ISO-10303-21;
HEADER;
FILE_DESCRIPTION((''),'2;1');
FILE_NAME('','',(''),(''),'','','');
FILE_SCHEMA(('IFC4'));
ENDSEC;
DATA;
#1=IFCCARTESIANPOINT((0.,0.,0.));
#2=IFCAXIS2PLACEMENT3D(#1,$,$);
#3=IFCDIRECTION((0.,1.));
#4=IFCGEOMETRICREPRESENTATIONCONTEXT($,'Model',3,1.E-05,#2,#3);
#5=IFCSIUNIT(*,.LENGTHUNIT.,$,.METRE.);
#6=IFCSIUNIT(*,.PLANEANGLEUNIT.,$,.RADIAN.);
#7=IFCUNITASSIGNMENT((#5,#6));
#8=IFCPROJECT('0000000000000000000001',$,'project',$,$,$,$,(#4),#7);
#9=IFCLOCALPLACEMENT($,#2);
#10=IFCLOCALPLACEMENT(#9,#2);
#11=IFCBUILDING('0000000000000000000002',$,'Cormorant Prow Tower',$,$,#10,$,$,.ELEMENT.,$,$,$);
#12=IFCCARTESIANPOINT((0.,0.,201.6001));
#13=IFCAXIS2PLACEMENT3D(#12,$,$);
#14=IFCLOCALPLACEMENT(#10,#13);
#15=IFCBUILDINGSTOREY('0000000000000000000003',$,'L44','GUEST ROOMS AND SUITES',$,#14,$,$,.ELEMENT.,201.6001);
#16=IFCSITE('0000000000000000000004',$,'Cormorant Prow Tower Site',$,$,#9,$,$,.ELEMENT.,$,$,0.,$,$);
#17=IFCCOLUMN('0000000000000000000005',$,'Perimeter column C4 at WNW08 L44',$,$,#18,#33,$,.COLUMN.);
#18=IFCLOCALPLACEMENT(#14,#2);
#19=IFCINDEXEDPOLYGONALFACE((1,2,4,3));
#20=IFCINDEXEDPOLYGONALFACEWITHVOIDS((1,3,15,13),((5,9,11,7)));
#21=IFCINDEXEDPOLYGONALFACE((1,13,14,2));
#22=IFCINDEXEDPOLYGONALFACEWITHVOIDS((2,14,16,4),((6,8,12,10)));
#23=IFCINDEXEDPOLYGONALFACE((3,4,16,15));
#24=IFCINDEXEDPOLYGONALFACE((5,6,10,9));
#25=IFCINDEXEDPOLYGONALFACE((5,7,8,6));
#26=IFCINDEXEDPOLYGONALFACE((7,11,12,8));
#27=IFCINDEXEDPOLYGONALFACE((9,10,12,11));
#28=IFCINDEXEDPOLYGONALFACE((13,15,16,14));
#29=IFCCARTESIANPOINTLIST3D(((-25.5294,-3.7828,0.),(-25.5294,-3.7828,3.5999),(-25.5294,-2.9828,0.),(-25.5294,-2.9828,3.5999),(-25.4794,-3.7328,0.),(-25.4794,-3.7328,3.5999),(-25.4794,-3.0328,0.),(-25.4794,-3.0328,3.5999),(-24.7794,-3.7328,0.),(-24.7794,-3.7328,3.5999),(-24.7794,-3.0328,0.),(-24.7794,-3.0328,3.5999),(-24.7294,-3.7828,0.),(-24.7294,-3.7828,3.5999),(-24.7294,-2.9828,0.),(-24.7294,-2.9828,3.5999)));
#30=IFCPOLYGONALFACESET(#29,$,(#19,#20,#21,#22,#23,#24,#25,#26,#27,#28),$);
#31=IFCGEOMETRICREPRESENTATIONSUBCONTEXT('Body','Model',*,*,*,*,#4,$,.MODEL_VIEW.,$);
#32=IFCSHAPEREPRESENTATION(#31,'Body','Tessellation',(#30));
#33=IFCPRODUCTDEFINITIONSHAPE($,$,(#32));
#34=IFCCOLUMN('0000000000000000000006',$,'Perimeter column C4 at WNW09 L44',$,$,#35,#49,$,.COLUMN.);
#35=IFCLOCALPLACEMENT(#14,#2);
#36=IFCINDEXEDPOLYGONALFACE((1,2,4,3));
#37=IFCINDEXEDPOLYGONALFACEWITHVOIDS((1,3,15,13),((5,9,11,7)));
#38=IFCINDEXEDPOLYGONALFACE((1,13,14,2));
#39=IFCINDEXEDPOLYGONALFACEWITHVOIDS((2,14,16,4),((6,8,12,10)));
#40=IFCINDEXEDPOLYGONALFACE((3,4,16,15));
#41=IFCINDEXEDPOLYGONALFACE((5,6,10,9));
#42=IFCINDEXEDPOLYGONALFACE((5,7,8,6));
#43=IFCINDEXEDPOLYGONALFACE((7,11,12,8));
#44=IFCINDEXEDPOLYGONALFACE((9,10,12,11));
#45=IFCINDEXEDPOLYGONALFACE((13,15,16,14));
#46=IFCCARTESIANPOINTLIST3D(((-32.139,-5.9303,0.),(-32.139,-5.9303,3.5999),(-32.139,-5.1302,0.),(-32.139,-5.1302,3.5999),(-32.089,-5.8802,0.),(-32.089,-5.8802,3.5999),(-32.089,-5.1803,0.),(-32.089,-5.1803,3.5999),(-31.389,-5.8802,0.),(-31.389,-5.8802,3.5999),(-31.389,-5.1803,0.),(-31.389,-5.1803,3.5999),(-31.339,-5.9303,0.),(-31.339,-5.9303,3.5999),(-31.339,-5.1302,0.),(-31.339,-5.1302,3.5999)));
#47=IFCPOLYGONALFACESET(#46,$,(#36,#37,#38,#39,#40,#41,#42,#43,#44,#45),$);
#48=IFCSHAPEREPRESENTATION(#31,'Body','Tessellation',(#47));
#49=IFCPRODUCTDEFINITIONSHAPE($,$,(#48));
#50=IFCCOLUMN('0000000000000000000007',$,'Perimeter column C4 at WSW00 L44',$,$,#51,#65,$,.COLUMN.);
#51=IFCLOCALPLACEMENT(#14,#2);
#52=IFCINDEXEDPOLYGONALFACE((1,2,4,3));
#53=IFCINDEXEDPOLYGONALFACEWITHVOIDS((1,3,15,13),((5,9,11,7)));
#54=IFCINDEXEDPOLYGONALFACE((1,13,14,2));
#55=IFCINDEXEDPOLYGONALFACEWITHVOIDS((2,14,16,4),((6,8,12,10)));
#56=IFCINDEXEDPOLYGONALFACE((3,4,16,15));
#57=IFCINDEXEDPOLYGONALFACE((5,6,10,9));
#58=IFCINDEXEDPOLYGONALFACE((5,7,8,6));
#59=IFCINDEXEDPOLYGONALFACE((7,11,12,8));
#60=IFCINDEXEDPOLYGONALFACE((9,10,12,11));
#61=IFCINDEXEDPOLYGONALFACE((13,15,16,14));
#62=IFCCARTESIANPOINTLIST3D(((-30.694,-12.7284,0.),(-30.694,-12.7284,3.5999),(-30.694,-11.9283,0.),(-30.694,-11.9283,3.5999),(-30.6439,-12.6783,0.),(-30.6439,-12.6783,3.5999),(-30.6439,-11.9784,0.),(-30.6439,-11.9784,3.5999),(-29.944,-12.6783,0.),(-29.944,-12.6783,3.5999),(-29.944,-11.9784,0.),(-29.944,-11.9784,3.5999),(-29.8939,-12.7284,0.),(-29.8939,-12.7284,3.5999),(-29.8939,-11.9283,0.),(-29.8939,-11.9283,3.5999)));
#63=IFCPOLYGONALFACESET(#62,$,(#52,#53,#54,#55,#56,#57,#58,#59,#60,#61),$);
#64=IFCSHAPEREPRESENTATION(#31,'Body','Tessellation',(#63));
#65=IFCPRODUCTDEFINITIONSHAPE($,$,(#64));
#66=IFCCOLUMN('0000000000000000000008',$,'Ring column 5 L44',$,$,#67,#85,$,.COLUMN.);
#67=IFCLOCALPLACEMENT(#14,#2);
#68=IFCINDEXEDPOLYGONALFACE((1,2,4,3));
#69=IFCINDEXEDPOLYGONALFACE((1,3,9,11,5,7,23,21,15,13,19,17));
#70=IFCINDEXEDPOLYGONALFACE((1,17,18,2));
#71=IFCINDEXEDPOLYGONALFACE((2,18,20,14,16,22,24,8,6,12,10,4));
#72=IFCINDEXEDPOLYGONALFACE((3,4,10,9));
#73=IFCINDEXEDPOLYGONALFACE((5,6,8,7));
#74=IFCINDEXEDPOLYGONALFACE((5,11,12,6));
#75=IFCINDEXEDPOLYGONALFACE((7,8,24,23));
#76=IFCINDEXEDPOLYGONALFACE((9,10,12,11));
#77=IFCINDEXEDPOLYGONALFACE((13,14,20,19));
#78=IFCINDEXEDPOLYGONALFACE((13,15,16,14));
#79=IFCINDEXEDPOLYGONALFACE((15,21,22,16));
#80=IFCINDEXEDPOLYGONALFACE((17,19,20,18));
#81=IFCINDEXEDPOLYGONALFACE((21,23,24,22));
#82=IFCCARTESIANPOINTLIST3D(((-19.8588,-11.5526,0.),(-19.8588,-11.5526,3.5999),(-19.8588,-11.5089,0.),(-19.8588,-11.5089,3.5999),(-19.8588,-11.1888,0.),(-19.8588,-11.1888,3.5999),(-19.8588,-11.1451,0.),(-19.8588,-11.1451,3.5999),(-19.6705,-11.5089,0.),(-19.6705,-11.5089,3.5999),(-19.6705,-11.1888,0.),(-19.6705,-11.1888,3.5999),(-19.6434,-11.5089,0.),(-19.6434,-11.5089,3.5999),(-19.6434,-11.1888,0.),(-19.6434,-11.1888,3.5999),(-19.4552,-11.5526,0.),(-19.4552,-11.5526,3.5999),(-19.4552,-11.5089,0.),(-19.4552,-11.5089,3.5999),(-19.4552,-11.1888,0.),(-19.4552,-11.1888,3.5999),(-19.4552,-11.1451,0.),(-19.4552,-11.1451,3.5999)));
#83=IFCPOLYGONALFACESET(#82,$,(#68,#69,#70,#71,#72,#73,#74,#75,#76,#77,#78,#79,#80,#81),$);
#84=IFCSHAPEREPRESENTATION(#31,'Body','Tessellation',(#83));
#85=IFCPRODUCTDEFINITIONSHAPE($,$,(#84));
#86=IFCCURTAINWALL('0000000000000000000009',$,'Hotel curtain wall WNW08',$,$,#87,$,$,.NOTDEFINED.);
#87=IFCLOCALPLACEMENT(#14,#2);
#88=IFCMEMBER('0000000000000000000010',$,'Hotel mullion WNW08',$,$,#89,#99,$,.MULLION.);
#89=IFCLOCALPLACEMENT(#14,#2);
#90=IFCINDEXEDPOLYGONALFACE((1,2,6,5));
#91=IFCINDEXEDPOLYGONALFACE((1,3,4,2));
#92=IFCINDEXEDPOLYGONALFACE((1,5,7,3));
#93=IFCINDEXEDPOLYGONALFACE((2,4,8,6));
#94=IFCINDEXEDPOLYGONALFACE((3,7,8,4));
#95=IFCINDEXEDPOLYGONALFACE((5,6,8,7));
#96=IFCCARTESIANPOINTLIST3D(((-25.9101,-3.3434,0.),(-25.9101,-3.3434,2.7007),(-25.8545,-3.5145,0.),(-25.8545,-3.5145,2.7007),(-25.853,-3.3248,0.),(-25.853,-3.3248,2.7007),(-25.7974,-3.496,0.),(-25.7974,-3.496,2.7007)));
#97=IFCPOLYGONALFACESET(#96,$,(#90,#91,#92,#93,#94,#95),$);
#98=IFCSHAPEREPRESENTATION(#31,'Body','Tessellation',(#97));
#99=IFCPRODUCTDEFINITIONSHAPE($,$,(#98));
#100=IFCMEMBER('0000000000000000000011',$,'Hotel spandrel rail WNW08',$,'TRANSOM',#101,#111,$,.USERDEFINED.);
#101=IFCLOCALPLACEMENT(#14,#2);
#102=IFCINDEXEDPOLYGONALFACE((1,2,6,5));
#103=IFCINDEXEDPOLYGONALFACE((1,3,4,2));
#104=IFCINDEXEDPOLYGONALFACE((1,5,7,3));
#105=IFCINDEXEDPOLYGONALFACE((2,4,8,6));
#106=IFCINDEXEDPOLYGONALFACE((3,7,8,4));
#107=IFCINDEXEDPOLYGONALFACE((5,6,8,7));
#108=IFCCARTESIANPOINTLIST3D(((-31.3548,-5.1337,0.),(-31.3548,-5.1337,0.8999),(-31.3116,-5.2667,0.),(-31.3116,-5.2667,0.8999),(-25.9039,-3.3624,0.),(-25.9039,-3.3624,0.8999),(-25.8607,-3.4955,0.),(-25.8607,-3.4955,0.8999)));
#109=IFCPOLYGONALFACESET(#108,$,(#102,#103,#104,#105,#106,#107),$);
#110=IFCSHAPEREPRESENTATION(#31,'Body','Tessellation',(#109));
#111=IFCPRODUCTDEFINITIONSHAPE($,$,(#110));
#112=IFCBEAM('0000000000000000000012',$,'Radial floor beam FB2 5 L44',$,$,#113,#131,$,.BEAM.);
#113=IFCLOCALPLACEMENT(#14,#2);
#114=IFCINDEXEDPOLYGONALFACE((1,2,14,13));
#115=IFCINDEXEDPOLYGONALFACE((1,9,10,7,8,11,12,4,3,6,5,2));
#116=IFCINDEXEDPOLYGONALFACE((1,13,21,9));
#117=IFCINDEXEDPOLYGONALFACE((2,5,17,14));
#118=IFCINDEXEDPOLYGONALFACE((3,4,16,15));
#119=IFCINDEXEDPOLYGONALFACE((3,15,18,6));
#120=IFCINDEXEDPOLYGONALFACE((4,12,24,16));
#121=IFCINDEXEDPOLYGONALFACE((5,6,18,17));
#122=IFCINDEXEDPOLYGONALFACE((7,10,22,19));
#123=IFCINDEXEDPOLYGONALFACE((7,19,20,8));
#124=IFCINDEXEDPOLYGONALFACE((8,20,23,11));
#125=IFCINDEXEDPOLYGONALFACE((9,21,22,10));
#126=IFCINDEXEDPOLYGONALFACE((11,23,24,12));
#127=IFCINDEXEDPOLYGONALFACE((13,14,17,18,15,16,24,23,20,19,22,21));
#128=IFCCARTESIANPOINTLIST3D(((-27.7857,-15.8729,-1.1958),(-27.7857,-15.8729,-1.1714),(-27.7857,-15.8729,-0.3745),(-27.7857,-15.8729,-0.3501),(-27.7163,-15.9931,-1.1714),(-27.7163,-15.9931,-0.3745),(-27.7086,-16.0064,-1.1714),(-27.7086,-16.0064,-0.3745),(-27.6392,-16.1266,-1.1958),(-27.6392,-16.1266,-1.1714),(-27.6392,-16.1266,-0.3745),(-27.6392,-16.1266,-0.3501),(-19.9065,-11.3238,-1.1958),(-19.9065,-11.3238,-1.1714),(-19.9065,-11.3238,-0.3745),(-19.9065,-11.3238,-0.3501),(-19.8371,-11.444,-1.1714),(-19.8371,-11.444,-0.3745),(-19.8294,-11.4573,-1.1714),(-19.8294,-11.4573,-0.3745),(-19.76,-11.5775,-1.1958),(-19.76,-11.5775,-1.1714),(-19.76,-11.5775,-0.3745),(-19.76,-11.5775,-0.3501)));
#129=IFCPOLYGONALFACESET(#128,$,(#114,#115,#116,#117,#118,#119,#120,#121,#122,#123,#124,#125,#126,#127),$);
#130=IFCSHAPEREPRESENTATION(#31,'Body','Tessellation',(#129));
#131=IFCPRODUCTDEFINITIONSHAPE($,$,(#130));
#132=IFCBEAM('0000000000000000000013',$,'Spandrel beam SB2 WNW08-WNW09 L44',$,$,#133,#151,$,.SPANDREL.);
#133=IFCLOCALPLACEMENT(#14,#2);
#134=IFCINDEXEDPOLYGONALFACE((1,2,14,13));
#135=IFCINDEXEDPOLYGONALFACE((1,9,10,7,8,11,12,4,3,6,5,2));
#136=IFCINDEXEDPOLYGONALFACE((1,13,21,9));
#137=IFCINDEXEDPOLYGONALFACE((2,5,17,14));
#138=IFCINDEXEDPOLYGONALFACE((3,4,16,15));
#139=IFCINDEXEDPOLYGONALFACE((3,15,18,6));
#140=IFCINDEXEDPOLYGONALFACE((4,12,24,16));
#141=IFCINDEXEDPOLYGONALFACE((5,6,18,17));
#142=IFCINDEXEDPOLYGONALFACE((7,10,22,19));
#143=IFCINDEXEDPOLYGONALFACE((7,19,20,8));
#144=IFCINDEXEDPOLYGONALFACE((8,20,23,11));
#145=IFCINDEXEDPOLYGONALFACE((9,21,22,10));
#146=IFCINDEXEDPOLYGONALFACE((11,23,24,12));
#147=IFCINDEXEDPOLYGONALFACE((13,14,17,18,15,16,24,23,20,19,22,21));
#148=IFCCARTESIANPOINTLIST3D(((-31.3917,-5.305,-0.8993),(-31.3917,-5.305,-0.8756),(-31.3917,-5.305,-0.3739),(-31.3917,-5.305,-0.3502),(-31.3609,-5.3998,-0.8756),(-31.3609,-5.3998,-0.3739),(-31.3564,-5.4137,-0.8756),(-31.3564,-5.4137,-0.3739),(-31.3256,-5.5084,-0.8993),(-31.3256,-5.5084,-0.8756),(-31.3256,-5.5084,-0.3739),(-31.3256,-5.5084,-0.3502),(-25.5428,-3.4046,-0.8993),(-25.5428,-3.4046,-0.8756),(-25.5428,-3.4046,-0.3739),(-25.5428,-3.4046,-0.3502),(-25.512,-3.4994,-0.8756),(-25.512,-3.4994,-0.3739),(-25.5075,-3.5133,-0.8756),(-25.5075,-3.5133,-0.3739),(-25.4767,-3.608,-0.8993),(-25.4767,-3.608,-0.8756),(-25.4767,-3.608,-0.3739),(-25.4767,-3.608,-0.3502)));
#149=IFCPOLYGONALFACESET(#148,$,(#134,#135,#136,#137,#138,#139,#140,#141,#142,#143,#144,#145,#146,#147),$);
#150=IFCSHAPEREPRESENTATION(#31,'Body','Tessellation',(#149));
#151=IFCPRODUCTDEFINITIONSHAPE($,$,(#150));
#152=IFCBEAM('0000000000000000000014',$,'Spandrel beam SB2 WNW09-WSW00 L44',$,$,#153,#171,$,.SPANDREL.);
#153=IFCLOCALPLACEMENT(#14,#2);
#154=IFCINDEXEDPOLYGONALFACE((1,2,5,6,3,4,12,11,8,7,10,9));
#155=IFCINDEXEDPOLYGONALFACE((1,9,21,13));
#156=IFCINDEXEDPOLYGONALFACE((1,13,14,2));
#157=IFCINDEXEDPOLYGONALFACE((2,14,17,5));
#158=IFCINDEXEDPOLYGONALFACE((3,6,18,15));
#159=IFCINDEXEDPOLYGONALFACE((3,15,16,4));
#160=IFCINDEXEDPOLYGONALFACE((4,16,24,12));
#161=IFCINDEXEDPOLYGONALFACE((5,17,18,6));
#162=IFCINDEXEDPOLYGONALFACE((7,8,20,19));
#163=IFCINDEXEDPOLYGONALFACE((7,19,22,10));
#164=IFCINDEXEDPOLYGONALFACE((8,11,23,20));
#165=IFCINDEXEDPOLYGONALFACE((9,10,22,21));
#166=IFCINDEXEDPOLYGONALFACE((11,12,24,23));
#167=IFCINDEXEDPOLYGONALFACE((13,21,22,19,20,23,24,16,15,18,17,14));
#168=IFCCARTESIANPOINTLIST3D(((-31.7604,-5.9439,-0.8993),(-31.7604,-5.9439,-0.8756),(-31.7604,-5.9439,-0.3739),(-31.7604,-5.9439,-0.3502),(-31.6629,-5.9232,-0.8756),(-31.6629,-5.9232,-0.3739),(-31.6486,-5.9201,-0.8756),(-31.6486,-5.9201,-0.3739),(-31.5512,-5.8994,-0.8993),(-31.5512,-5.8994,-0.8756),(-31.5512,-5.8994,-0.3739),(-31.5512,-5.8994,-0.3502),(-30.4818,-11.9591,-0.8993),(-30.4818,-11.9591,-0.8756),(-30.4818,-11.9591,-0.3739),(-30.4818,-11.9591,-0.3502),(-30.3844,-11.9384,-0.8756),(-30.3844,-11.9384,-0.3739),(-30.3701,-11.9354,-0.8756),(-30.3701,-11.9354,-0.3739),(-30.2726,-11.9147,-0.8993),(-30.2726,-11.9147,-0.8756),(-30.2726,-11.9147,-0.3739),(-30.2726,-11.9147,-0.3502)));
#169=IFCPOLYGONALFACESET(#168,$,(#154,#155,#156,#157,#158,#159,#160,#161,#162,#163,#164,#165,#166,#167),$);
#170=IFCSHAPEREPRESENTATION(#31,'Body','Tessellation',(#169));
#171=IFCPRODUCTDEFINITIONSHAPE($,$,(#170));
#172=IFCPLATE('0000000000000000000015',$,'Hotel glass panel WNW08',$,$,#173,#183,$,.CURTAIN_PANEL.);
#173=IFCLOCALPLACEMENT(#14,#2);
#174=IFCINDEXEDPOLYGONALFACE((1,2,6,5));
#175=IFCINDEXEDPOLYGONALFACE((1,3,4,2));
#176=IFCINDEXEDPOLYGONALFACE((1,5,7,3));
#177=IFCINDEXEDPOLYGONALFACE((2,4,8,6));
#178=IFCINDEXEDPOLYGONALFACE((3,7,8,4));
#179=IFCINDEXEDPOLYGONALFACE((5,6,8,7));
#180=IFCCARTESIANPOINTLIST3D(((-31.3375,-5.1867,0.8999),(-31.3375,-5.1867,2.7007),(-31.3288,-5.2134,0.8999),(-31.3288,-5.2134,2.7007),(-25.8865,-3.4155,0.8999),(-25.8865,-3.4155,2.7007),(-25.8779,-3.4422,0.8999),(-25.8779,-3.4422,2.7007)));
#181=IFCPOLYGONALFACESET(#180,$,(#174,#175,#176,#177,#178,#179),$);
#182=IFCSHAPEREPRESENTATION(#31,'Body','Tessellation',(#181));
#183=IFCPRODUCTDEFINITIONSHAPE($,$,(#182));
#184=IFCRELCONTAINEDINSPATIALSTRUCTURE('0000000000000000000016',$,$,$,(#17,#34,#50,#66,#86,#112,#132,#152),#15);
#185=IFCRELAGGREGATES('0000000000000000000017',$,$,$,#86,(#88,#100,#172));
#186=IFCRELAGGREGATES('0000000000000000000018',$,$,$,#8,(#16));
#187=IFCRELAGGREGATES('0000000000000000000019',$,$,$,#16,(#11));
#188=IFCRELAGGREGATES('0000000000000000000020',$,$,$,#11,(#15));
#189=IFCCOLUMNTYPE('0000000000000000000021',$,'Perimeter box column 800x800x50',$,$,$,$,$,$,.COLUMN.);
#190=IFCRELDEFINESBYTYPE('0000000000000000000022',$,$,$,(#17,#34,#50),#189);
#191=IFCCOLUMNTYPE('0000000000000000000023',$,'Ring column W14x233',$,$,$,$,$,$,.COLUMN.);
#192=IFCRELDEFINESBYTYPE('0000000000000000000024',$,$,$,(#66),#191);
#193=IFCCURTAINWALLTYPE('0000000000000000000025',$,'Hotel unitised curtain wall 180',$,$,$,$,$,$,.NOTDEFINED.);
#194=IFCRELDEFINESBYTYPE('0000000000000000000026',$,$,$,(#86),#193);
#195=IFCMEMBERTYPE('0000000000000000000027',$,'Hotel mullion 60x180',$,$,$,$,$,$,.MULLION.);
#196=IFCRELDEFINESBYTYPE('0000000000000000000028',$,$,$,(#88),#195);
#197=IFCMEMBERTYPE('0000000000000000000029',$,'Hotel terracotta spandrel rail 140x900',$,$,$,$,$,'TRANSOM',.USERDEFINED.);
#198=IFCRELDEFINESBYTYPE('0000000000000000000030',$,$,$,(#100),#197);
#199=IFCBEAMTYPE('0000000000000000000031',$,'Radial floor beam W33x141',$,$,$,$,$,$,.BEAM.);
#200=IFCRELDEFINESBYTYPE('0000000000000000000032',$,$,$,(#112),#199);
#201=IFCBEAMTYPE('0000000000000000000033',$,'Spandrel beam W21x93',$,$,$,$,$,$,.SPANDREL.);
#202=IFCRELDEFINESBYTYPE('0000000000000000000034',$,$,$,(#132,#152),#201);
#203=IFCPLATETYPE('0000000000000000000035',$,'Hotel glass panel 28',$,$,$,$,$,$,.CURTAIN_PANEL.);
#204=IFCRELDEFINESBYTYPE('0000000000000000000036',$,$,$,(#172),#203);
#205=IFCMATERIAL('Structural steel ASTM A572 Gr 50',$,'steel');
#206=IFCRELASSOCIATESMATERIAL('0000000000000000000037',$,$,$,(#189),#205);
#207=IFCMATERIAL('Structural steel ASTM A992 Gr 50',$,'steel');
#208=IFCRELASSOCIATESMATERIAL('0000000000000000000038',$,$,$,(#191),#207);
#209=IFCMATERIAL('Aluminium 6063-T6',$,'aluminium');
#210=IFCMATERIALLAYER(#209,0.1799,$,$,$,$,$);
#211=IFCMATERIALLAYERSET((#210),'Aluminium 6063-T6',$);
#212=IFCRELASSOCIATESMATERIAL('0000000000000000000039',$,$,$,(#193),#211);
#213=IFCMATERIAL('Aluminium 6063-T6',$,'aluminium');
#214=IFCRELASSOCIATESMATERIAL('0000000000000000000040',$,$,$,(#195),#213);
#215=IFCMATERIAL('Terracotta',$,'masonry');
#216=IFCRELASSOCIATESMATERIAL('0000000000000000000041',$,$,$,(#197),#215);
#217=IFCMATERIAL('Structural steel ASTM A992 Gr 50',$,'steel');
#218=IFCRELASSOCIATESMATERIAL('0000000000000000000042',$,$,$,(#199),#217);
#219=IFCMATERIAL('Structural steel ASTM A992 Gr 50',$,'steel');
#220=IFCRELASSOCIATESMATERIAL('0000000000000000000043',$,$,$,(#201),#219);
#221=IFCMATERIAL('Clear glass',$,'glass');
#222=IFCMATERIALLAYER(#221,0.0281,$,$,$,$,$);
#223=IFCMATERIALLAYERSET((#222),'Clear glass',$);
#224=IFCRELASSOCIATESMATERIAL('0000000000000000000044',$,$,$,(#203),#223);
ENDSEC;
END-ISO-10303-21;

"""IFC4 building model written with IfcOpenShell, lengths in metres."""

from ifc_helpers import new_model, si_unit, direction, frame, origin, origin_2d, place, context, subcontext, project, spatial, rectangle, hollow_rectangle, i_section, extrude, material, layer, layer_set, material_profile, profile_set, type_object, element, aggregate, save


model = new_model("IFC4")

# Units and contexts
model_context = context("Model", 3, precision=1e-05, world=origin(), true_north=direction((0.0, 1.0)))
body_context = subcontext(model_context, "Body", "Model", "MODEL_VIEW")
ifc_project = project(units=[si_unit("LENGTHUNIT", "METRE"), si_unit("PLANEANGLEUNIT", "RADIAN")], contexts=[model_context])

# Site, building, storey
site_placement = place(None, origin())
site = spatial("IfcSite", under=ifc_project, at=site_placement, Name="Cormorant Prow Tower Site", CompositionType="ELEMENT", RefElevation=0.0)
building_placement = place(site_placement, origin())
building = spatial("IfcBuilding", under=site, at=building_placement, Name="Cormorant Prow Tower", CompositionType="ELEMENT")
storey_placement = place(building_placement, frame((0.0, 0.0, 201.6001)))
storey = spatial("IfcBuildingStorey", under=building, at=storey_placement, Name="L44", Description="GUEST ROOMS AND SUITES", CompositionType="ELEMENT", Elevation=201.6001)

# Columns
ifc_material_1 = material(Name="Structural steel ASTM A572 Gr 50", Category="steel")
ifc_material_profile_1 = material_profile(ifc_material_1, hollow_rectangle(XDim=0.8, YDim=0.8, WallThickness=0.05, at=origin_2d()), Name="Box 800x800x50")
ifc_profile_set_1 = profile_set([ifc_material_profile_1], Name="Structural steel ASTM A572 Gr 50")
column_type_1 = type_object("IfcColumnType", Name="Perimeter box column 800x800x50", PredefinedType="COLUMN", material=ifc_profile_set_1)
for number, where, z_axis, x_axis, name in (
    (1, (-25.1294, -3.3828, 0.0), (0.0, 0.0, 1.0), (1.0, 0.0, 0.0), "Perimeter column C4 at WNW08 L44"),
    (2, (-31.739, -5.5303, 0.0), (0.0, 0.0, 1.0), (1.0, 0.0, 0.0), "Perimeter column C4 at WNW09 L44"),
    (3, (-30.2939, -12.3284, 0.0), (0.0, 0.0, 1.0), (1.0, 0.0, 0.0), "Perimeter column C4 at WSW00 L44"),
):
    element("IfcColumn", number, at=place(storey_placement, frame(where, z_axis=z_axis, x_axis=x_axis)), inside=storey, type_object=column_type_1, Name=name, PredefinedType="COLUMN", context=body_context, shape_type="SweptSolid", body=[
        extrude(hollow_rectangle(XDim=0.8, YDim=0.8, WallThickness=0.05, at=origin_2d()), origin(), (0.0, 0.0, 1.0), 3.5999),
    ])
ifc_material_2 = material(Name="Structural steel ASTM A992 Gr 50", Category="steel")
ifc_material_profile_2 = material_profile(ifc_material_2, i_section(OverallWidth=0.4036, OverallDepth=0.4075, WebThickness=0.0271, FlangeThickness=0.0437, at=origin_2d()), Name="W14x233")
ifc_profile_set_2 = profile_set([ifc_material_profile_2], Name="Structural steel ASTM A992 Gr 50")
column_type_2 = type_object("IfcColumnType", Name="Ring column W14x233", PredefinedType="COLUMN", material=ifc_profile_set_2)
column_placement = place(storey_placement, frame((-19.657, -11.3489, 0.0), z_axis=(0.0, 0.0, 1.0), x_axis=(1.0, 0.0, 0.0)))
element("IfcColumn", 4, at=column_placement, inside=storey, type_object=column_type_2, Name="Ring column 5 L44", PredefinedType="COLUMN", context=body_context, shape_type="SweptSolid", body=[
    extrude(i_section(OverallWidth=0.4036, OverallDepth=0.4075, WebThickness=0.0271, FlangeThickness=0.0437, at=origin_2d()), origin(), (0.0, 0.0, 1.0), 3.5999),
])

# Curtain wall, members
ifc_material_3 = material(Name="Aluminium 6063-T6", Category="aluminium")
ifc_layer_1 = layer(ifc_material_3, 0.1799)
ifc_layer_set_1 = layer_set([ifc_layer_1], Name="Aluminium 6063-T6")
curtain_wall_type = type_object("IfcCurtainWallType", Name="Hotel unitised curtain wall 180", PredefinedType="NOTDEFINED", material=ifc_layer_set_1)
curtain_wall_placement = place(storey_placement, origin())
curtain_wall = element("IfcCurtainWall", 5, at=curtain_wall_placement, inside=storey, type_object=curtain_wall_type, Name="Hotel curtain wall WNW08", PredefinedType="NOTDEFINED")
ifc_material_4 = material(Name="Aluminium 6063-T6", Category="aluminium")
ifc_material_profile_3 = material_profile(ifc_material_4, rectangle(XDim=0.1799, YDim=0.0601, at=origin_2d()), Name="Hotel mullion 60x180")
ifc_profile_set_3 = profile_set([ifc_material_profile_3], Name="Aluminium 6063-T6")
member_type_1 = type_object("IfcMemberType", Name="Hotel mullion 60x180", PredefinedType="MULLION", material=ifc_profile_set_3)
member_1_placement = place(storey_placement, frame((-25.8538, -3.4197, 0.0), z_axis=(0.0, 0.0, 1.0), x_axis=(0.309017, -0.951057, 0.0)))
member_1 = element("IfcMember", 6, at=member_1_placement, type_object=member_type_1, Name="Hotel mullion WNW08", PredefinedType="MULLION", context=body_context, shape_type="SweptSolid", body=[
    extrude(rectangle(XDim=0.1799, YDim=0.0601, at=origin_2d()), origin(), (0.0, 0.0, 1.0), 2.7007),
])
ifc_material_5 = material(Name="Terracotta", Category="masonry")
ifc_material_profile_4 = material_profile(ifc_material_5, rectangle(XDim=0.1399, YDim=0.8999, at=origin_2d()), Name="Hotel terracotta spandrel rail 140x900")
ifc_profile_set_4 = profile_set([ifc_material_profile_4], Name="Terracotta")
member_type_2 = type_object("IfcMemberType", Name="Hotel terracotta spandrel rail 140x900", ElementType="TRANSOM", PredefinedType="USERDEFINED", material=ifc_profile_set_4)
member_2_placement = place(storey_placement, frame((-25.8823, -3.429, 0.45), z_axis=(-0.95105, -0.309037, 0.0), x_axis=(0.309037, -0.95105, 0.0)))
member_2 = element("IfcMember", 7, at=member_2_placement, type_object=member_type_2, Name="Hotel spandrel rail WNW08", ObjectType="TRANSOM", PredefinedType="USERDEFINED", context=body_context, shape_type="SweptSolid", body=[
    extrude(rectangle(XDim=0.1399, YDim=0.8999, at=origin_2d()), origin(), (0.0, 0.0, 1.0), 5.7314),
])

# Beams
ifc_material_6 = material(Name="Structural steel ASTM A992 Gr 50", Category="steel")
ifc_material_profile_5 = material_profile(ifc_material_6, i_section(OverallWidth=0.293, OverallDepth=0.8457, WebThickness=0.0154, FlangeThickness=0.0244, at=origin_2d()), Name="W33x141")
ifc_profile_set_5 = profile_set([ifc_material_profile_5], Name="Structural steel ASTM A992 Gr 50")
beam_type_1 = type_object("IfcBeamType", Name="Radial floor beam W33x141", PredefinedType="BEAM", material=ifc_profile_set_5)
beam_1_placement = place(storey_placement, frame((-19.8333, -11.4507, -0.7729), z_axis=(-0.866023, -0.500004, 0.0), x_axis=(0.500004, -0.866023, 0.0)))
element("IfcBeam", 8, at=beam_1_placement, inside=storey, type_object=beam_type_1, Name="Radial floor beam FB2 5 L44", PredefinedType="BEAM", context=body_context, shape_type="SweptSolid", body=[
    extrude(i_section(OverallWidth=0.293, OverallDepth=0.8457, WebThickness=0.0154, FlangeThickness=0.0244, at=origin_2d()), origin(), (0.0, 0.0, 1.0), 9.0981),
])
ifc_material_7 = material(Name="Structural steel ASTM A992 Gr 50", Category="steel")
ifc_material_profile_6 = material_profile(ifc_material_7, i_section(OverallWidth=0.2139, OverallDepth=0.5491, WebThickness=0.0146, FlangeThickness=0.0237, at=origin_2d()), Name="W21x93")
ifc_profile_set_6 = profile_set([ifc_material_profile_6], Name="Structural steel ASTM A992 Gr 50")
beam_type_2 = type_object("IfcBeamType", Name="Spandrel beam W21x93", PredefinedType="SPANDREL", material=ifc_profile_set_6)
beam_2_placement = place(storey_placement, frame((-25.5098, -3.5063, -0.6248), z_axis=(-0.951058, -0.309013, 0.0), x_axis=(0.309013, -0.951058, 0.0)))
element("IfcBeam", 9, at=beam_2_placement, inside=storey, type_object=beam_type_2, Name="Spandrel beam SB2 WNW08-WNW09 L44", PredefinedType="SPANDREL", context=body_context, shape_type="SweptSolid", body=[
    extrude(i_section(OverallWidth=0.2139, OverallDepth=0.5491, WebThickness=0.0146, FlangeThickness=0.0237, at=origin_2d()), origin(), (0.0, 0.0, 1.0), 6.1499),
])
beam_3_placement = place(storey_placement, frame((-31.6558, -5.9216, -0.6248), z_axis=(0.207905, -0.978149, 0.0), x_axis=(0.978149, 0.207905, 0.0)))
element("IfcBeam", 10, at=beam_3_placement, inside=storey, type_object=beam_type_2, Name="Spandrel beam SB2 WNW09-WSW00 L44", PredefinedType="SPANDREL", context=body_context, shape_type="SweptSolid", body=[
    extrude(i_section(OverallWidth=0.2139, OverallDepth=0.5491, WebThickness=0.0146, FlangeThickness=0.0237, at=origin_2d()), origin(), (0.0, 0.0, 1.0), 6.1497),
])

# Plate
ifc_material_8 = material(Name="Clear glass", Category="glass")
ifc_layer_2 = layer(ifc_material_8, 0.0281)
ifc_layer_set_2 = layer_set([ifc_layer_2], Name="Clear glass")
plate_type = type_object("IfcPlateType", Name="Hotel glass panel 28", PredefinedType="CURTAIN_PANEL", material=ifc_layer_set_2)
plate_placement = place(storey_placement, frame((-28.6077, -4.3145, 0.8999), z_axis=(0.0, 0.0, 1.0), x_axis=(-0.951057, -0.309017, 0.0)))
plate = element("IfcPlate", 11, at=plate_placement, type_object=plate_type, Name="Hotel glass panel WNW08", PredefinedType="CURTAIN_PANEL", context=body_context, shape_type="SweptSolid", body=[
    extrude(rectangle(XDim=5.7314, YDim=0.0281, at=origin_2d()), origin(), (0.0, 0.0, 1.0), 1.8008),
])
aggregate(curtain_wall, [member_1, member_2, plate])

save(model, "model.ifc")
